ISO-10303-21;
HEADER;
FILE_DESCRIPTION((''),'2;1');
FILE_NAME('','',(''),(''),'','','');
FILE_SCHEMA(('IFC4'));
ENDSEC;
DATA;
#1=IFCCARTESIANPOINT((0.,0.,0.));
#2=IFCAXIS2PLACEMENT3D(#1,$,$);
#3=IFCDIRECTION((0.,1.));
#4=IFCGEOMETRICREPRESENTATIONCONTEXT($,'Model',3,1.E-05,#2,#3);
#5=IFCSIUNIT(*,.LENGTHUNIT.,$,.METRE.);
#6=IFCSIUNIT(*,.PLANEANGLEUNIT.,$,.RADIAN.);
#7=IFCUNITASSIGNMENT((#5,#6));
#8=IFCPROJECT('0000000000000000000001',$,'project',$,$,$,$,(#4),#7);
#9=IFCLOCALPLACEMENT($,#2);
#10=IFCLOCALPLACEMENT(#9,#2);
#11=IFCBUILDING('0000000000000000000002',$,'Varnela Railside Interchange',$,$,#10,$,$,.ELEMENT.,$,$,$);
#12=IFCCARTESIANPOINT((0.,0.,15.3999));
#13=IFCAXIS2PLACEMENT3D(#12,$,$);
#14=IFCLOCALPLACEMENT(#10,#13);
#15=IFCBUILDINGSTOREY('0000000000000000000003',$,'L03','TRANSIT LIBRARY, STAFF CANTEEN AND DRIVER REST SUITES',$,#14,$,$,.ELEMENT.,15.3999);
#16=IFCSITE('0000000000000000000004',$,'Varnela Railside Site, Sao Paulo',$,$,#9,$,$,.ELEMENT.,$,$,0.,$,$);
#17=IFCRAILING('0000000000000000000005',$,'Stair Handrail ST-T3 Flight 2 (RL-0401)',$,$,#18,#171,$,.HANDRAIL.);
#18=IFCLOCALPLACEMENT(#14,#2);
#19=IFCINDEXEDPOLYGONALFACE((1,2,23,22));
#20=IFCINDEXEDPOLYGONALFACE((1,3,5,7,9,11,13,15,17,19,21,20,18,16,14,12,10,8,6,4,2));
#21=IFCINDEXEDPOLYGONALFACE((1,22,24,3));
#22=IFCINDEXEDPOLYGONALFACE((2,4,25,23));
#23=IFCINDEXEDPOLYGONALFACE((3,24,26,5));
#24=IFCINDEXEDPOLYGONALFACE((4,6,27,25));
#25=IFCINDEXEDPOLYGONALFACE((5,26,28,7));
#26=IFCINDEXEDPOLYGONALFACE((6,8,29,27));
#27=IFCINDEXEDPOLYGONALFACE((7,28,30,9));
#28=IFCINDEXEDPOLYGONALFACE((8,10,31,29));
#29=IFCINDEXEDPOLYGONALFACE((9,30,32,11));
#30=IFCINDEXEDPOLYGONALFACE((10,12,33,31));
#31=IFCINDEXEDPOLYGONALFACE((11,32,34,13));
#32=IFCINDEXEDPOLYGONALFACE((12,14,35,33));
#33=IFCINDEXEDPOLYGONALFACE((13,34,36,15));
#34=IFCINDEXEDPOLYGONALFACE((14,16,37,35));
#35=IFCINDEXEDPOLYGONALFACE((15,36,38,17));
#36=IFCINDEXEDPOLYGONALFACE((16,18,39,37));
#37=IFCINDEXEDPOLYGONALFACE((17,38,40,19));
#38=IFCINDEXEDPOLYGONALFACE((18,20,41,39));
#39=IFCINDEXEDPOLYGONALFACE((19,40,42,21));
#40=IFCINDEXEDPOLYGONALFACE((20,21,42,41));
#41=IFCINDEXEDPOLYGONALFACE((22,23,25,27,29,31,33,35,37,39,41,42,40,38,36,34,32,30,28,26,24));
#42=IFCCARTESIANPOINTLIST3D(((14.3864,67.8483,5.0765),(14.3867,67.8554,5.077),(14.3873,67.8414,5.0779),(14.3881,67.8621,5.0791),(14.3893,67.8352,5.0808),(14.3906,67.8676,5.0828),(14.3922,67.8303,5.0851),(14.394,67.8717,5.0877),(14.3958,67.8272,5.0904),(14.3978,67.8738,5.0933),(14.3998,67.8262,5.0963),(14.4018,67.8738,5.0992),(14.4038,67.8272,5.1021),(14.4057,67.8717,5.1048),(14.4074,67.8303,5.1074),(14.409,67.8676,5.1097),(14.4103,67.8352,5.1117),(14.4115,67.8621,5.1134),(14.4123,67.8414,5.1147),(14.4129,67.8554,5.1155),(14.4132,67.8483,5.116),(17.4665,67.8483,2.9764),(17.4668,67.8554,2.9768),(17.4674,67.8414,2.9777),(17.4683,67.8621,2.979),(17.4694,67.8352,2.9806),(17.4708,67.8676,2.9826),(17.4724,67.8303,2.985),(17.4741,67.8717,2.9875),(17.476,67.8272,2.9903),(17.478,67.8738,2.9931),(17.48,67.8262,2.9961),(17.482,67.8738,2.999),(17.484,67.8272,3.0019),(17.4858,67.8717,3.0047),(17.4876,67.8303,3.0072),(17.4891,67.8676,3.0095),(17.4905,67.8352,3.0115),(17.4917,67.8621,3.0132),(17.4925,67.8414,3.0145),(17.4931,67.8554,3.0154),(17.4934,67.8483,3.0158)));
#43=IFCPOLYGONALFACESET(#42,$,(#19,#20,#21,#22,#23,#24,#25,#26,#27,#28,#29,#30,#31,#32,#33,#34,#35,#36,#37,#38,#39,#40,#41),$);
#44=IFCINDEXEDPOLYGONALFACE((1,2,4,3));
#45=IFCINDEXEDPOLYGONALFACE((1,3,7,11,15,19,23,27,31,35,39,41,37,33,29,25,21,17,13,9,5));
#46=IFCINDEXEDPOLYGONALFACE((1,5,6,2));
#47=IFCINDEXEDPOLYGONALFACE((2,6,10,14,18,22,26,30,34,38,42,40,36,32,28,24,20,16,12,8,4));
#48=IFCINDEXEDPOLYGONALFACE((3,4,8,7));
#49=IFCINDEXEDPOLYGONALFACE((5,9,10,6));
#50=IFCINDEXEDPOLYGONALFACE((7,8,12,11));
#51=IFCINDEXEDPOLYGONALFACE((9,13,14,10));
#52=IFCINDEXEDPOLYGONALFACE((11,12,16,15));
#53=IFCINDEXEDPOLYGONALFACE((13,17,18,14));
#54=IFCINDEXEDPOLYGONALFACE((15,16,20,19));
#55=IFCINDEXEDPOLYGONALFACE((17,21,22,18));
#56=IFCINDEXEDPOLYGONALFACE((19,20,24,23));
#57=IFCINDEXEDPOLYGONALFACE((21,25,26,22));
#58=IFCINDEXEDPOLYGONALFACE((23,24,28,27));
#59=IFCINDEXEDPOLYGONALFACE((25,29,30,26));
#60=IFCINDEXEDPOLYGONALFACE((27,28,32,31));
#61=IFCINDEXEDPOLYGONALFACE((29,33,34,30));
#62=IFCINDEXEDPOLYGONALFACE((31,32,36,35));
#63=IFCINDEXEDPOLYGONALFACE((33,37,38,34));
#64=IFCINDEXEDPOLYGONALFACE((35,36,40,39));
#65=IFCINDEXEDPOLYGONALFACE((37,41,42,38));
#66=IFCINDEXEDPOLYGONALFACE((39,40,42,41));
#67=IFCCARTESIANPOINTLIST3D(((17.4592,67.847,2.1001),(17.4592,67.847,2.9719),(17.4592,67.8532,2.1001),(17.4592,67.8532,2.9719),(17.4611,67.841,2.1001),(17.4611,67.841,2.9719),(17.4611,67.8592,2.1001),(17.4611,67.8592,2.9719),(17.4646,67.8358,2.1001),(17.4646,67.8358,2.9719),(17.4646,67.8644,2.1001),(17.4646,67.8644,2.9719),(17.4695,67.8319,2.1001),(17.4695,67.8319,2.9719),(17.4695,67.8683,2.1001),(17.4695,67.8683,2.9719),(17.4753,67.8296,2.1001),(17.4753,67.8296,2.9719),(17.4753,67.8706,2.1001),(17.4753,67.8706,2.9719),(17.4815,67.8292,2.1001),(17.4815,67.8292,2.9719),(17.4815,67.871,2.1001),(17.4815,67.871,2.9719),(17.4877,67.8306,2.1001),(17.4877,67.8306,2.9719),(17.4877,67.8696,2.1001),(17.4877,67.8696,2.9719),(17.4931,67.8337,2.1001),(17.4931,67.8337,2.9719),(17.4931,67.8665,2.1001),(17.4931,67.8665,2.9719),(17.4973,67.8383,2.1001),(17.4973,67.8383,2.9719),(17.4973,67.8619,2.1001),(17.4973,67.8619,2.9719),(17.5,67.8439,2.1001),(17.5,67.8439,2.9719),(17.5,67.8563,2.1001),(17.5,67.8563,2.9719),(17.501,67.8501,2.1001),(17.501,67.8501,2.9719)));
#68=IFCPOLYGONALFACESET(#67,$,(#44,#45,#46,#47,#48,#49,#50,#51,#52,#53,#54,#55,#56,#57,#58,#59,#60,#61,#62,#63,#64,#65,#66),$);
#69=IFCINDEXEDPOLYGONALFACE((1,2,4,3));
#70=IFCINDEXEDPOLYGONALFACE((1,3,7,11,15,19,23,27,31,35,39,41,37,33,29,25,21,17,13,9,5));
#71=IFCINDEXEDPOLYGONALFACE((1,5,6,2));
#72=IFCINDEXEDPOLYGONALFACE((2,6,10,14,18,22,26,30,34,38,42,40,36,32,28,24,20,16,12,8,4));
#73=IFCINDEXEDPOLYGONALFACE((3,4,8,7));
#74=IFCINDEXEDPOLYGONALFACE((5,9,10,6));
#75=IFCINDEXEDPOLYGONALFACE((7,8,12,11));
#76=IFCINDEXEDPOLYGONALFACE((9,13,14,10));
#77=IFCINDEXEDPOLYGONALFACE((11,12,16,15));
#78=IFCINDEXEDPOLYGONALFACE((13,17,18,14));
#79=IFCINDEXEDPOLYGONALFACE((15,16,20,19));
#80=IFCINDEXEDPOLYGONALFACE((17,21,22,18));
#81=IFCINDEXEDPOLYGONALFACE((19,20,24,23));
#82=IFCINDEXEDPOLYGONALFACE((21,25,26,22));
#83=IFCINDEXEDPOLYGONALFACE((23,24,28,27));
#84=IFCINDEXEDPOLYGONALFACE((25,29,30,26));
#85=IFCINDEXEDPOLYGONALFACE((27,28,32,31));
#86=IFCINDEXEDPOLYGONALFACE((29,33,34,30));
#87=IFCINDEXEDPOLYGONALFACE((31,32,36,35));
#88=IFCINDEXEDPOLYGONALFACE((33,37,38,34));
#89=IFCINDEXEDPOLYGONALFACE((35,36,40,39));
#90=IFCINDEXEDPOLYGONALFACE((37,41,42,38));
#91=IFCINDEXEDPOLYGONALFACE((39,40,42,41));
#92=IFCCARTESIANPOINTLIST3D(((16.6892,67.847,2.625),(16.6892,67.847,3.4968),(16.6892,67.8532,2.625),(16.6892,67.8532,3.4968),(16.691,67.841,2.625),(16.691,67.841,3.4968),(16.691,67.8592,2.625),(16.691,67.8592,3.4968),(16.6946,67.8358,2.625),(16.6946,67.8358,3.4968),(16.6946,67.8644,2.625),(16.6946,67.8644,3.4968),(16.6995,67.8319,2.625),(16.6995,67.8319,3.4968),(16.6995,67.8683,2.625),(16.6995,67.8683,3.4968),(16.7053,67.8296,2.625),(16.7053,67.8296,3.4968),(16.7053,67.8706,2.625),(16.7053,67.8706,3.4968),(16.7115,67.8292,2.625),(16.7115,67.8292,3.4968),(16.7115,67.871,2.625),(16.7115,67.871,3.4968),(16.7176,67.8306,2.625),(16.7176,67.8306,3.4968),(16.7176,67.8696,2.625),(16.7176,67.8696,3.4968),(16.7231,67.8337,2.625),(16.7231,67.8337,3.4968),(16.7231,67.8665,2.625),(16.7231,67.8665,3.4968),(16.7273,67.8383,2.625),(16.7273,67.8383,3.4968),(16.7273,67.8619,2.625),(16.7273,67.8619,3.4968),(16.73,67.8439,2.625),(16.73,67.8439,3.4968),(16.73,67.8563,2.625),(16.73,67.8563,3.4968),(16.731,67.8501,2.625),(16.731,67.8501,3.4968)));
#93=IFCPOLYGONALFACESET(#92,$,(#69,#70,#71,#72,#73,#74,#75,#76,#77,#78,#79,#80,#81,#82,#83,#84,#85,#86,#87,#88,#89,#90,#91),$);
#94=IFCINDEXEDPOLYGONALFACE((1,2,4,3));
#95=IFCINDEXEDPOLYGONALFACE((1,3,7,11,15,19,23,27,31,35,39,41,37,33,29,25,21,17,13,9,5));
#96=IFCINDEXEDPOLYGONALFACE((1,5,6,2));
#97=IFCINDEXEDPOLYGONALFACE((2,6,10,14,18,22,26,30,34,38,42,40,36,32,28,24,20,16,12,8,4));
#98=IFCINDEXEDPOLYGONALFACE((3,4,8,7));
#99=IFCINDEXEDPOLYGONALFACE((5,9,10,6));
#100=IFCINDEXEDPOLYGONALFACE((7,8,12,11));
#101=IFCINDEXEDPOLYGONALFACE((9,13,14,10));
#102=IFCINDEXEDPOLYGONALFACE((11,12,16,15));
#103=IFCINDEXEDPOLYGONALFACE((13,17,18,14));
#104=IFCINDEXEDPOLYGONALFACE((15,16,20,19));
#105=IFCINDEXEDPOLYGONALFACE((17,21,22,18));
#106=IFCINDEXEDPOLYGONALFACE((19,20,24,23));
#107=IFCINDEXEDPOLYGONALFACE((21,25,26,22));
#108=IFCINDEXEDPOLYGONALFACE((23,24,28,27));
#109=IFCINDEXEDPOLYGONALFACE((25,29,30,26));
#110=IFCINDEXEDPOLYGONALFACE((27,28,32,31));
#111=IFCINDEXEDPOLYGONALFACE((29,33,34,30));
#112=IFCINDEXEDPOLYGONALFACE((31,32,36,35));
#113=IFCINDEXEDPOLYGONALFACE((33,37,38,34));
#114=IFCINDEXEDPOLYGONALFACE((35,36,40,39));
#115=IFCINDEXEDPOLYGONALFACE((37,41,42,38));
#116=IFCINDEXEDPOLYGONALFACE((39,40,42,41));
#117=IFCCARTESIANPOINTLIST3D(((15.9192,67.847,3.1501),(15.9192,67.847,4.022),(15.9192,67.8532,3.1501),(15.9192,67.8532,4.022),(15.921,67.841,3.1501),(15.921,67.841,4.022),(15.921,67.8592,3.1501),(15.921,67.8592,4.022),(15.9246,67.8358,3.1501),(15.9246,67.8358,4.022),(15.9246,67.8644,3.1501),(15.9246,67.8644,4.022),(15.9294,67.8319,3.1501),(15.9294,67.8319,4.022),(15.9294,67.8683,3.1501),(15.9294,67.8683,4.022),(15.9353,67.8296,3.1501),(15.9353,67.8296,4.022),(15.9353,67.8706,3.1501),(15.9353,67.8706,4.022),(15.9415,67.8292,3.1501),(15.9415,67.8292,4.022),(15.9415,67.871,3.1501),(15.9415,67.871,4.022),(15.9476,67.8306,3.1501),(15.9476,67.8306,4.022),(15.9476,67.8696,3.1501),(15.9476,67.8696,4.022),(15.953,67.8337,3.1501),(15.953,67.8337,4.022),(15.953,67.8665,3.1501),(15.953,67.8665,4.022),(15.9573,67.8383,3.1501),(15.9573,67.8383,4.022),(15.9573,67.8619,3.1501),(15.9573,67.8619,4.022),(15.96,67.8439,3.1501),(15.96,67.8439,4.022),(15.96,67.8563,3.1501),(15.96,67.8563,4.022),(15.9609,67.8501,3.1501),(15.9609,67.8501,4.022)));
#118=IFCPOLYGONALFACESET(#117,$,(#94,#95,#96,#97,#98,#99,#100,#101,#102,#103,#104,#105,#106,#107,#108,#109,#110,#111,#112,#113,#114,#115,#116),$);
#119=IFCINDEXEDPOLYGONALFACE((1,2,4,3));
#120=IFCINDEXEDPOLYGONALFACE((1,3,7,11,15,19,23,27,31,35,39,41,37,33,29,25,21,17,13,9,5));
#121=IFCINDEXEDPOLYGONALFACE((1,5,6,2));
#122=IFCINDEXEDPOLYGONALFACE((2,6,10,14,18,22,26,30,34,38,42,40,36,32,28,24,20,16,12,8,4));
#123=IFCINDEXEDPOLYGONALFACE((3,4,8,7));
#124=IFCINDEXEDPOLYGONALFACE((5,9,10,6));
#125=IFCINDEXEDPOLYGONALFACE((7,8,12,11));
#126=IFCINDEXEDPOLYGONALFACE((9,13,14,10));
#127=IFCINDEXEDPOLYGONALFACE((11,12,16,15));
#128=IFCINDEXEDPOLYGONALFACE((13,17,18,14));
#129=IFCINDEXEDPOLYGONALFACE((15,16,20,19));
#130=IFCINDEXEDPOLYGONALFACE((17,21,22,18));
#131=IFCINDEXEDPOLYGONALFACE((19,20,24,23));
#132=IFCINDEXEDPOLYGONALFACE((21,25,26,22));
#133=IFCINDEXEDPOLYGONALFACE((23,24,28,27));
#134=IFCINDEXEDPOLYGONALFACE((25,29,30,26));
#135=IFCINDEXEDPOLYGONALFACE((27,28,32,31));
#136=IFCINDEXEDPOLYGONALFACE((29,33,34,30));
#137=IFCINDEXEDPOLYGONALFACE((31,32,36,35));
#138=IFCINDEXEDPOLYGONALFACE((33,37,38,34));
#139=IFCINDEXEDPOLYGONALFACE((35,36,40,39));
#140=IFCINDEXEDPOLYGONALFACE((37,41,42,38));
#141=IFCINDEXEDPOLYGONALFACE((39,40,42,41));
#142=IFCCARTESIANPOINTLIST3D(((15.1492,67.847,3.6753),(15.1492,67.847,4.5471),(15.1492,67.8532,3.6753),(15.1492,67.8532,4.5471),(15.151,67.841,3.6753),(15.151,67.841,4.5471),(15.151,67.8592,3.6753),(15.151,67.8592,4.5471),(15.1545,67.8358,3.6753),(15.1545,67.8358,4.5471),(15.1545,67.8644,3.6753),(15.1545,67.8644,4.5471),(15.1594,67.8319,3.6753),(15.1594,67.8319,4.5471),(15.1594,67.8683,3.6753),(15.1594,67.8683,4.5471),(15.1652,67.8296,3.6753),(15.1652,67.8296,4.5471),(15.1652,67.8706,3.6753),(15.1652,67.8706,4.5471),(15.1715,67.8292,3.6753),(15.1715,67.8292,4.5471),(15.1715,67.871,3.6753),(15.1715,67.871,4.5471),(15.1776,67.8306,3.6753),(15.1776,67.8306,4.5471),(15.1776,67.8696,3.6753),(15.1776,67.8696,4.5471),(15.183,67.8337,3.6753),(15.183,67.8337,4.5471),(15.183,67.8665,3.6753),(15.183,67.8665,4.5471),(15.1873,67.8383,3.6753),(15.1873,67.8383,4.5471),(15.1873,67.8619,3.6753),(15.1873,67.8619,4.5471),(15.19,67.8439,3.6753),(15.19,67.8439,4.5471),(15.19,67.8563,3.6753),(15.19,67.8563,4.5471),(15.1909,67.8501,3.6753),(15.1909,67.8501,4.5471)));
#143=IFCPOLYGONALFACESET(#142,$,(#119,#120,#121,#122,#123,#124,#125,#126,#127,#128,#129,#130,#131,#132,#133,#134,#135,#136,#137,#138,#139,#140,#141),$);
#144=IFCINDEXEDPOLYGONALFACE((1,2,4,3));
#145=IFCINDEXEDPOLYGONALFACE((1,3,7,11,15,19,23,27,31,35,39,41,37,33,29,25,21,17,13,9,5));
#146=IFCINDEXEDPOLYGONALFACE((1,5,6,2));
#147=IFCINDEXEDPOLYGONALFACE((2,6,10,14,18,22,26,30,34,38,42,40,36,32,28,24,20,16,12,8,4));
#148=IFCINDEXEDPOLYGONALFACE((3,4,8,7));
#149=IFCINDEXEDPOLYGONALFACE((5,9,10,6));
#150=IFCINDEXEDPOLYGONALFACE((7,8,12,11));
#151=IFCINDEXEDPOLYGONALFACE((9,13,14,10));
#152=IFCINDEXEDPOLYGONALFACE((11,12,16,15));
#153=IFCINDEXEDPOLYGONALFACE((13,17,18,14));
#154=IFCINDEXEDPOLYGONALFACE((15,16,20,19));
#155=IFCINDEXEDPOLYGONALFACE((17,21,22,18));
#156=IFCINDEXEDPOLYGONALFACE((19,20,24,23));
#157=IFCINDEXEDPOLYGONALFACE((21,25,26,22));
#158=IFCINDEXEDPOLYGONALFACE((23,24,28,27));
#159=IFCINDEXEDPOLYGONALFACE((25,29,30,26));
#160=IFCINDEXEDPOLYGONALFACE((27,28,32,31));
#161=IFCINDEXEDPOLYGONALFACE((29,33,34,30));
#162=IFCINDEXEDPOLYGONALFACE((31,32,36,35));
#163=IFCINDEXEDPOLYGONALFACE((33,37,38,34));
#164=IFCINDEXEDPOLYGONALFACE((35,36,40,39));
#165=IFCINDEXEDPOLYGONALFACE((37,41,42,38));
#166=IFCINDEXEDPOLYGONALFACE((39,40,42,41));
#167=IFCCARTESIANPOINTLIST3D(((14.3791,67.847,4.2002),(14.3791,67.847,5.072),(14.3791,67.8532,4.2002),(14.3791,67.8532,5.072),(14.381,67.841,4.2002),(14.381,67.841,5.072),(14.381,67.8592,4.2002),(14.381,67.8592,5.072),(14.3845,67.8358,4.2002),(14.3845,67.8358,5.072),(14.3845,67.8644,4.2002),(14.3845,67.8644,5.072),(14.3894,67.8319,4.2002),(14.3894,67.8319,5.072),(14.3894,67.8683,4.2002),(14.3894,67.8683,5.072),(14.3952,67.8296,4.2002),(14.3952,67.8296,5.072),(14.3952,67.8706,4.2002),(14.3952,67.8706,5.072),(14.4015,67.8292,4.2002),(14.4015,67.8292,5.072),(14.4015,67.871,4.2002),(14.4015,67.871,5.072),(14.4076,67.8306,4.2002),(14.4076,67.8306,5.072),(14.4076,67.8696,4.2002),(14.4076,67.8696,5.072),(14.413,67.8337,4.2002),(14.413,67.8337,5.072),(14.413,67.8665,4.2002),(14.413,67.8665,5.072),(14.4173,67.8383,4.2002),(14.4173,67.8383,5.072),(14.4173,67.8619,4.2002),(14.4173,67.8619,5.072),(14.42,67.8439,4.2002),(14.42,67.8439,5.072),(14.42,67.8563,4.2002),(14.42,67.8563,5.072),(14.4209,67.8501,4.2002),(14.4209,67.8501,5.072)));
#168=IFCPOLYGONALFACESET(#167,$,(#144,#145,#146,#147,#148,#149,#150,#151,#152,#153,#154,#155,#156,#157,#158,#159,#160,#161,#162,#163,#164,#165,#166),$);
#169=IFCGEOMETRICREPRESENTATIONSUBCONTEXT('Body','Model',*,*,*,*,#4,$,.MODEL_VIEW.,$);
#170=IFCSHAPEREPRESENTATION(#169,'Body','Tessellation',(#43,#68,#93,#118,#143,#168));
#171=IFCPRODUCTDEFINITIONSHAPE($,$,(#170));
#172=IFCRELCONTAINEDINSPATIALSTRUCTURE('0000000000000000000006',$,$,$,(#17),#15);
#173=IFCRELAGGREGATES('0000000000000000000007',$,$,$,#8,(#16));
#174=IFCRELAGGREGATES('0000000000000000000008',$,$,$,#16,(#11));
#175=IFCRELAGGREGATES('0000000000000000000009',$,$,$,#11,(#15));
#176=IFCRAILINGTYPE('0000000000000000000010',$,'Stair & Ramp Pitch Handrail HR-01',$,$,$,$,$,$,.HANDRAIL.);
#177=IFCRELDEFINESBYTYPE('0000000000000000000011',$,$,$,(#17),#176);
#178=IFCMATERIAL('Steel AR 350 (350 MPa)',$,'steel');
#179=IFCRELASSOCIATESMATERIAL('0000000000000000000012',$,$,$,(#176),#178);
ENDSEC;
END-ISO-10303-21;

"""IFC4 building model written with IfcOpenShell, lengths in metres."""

from ifc_helpers import new_model, si_unit, direction, frame, origin, origin_2d, place, context, subcontext, project, spatial, circle, extrude, material, type_object, element, save


model = new_model("IFC4")

# Units and contexts
model_context = context("Model", 3, precision=1e-05, world=origin(), true_north=direction((0.0, 1.0)))
body_context = subcontext(model_context, "Body", "Model", "MODEL_VIEW")
ifc_project = project(units=[si_unit("LENGTHUNIT", "METRE"), si_unit("PLANEANGLEUNIT", "RADIAN")], contexts=[model_context])

# Site, building, storey
site_placement = place(None, origin())
site = spatial("IfcSite", under=ifc_project, at=site_placement, Name="Varnela Railside Site, Sao Paulo", CompositionType="ELEMENT", RefElevation=0.0)
building_placement = place(site_placement, origin())
building = spatial("IfcBuilding", under=site, at=building_placement, Name="Varnela Railside Interchange", CompositionType="ELEMENT")
storey_placement = place(building_placement, frame((0.0, 0.0, 15.3999)))
storey = spatial("IfcBuildingStorey", under=building, at=storey_placement, Name="L03", Description="TRANSIT LIBRARY, STAFF CANTEEN AND DRIVER REST SUITES", CompositionType="ELEMENT", Elevation=15.3999)

# Shared definitions
ifc_material_1 = material(Name="Steel AR 350 (350 MPa)", Category="steel")

# Railing
railing_type_1 = type_object("IfcRailingType", Name="Stair & Ramp Pitch Handrail HR-01", PredefinedType="HANDRAIL", material=ifc_material_1)
railing_1_placement = place(storey_placement, frame((17.48, 67.8501, 2.1001)))
element("IfcRailing", 1, at=railing_1_placement, inside=storey, type_object=railing_type_1, Name="Stair Handrail ST-T3 Flight 2 (RL-0401)", PredefinedType="HANDRAIL", context=body_context, shape_type="SweptSolid", body=[
    extrude(circle(Radius=0.0239, at=origin_2d()), frame((0.0, 0.0, 0.896), z_axis=(-0.826222, 0.0, 0.563345), x_axis=(0.0, -1.0, 0.0)), (0.0, 0.0, 1.0), 3.728),
    extrude(circle(Radius=0.021, at=origin_2d()), origin(), (0.0, 0.0, 1.0), 0.8718),
    extrude(circle(Radius=0.021, at=origin_2d()), frame((-0.77, 0.0, 0.5249)), (0.0, 0.0, 1.0), 0.8718),
    extrude(circle(Radius=0.021, at=origin_2d()), frame((-1.54, 0.0, 1.05)), (0.0, 0.0, 1.0), 0.8718),
    extrude(circle(Radius=0.021, at=origin_2d()), frame((-2.3101, 0.0, 1.5752)), (0.0, 0.0, 1.0), 0.8718),
    extrude(circle(Radius=0.021, at=origin_2d()), frame((-3.0801, 0.0, 2.1001)), (0.0, 0.0, 1.0), 0.8718),
])

save(model, "model.ifc")
